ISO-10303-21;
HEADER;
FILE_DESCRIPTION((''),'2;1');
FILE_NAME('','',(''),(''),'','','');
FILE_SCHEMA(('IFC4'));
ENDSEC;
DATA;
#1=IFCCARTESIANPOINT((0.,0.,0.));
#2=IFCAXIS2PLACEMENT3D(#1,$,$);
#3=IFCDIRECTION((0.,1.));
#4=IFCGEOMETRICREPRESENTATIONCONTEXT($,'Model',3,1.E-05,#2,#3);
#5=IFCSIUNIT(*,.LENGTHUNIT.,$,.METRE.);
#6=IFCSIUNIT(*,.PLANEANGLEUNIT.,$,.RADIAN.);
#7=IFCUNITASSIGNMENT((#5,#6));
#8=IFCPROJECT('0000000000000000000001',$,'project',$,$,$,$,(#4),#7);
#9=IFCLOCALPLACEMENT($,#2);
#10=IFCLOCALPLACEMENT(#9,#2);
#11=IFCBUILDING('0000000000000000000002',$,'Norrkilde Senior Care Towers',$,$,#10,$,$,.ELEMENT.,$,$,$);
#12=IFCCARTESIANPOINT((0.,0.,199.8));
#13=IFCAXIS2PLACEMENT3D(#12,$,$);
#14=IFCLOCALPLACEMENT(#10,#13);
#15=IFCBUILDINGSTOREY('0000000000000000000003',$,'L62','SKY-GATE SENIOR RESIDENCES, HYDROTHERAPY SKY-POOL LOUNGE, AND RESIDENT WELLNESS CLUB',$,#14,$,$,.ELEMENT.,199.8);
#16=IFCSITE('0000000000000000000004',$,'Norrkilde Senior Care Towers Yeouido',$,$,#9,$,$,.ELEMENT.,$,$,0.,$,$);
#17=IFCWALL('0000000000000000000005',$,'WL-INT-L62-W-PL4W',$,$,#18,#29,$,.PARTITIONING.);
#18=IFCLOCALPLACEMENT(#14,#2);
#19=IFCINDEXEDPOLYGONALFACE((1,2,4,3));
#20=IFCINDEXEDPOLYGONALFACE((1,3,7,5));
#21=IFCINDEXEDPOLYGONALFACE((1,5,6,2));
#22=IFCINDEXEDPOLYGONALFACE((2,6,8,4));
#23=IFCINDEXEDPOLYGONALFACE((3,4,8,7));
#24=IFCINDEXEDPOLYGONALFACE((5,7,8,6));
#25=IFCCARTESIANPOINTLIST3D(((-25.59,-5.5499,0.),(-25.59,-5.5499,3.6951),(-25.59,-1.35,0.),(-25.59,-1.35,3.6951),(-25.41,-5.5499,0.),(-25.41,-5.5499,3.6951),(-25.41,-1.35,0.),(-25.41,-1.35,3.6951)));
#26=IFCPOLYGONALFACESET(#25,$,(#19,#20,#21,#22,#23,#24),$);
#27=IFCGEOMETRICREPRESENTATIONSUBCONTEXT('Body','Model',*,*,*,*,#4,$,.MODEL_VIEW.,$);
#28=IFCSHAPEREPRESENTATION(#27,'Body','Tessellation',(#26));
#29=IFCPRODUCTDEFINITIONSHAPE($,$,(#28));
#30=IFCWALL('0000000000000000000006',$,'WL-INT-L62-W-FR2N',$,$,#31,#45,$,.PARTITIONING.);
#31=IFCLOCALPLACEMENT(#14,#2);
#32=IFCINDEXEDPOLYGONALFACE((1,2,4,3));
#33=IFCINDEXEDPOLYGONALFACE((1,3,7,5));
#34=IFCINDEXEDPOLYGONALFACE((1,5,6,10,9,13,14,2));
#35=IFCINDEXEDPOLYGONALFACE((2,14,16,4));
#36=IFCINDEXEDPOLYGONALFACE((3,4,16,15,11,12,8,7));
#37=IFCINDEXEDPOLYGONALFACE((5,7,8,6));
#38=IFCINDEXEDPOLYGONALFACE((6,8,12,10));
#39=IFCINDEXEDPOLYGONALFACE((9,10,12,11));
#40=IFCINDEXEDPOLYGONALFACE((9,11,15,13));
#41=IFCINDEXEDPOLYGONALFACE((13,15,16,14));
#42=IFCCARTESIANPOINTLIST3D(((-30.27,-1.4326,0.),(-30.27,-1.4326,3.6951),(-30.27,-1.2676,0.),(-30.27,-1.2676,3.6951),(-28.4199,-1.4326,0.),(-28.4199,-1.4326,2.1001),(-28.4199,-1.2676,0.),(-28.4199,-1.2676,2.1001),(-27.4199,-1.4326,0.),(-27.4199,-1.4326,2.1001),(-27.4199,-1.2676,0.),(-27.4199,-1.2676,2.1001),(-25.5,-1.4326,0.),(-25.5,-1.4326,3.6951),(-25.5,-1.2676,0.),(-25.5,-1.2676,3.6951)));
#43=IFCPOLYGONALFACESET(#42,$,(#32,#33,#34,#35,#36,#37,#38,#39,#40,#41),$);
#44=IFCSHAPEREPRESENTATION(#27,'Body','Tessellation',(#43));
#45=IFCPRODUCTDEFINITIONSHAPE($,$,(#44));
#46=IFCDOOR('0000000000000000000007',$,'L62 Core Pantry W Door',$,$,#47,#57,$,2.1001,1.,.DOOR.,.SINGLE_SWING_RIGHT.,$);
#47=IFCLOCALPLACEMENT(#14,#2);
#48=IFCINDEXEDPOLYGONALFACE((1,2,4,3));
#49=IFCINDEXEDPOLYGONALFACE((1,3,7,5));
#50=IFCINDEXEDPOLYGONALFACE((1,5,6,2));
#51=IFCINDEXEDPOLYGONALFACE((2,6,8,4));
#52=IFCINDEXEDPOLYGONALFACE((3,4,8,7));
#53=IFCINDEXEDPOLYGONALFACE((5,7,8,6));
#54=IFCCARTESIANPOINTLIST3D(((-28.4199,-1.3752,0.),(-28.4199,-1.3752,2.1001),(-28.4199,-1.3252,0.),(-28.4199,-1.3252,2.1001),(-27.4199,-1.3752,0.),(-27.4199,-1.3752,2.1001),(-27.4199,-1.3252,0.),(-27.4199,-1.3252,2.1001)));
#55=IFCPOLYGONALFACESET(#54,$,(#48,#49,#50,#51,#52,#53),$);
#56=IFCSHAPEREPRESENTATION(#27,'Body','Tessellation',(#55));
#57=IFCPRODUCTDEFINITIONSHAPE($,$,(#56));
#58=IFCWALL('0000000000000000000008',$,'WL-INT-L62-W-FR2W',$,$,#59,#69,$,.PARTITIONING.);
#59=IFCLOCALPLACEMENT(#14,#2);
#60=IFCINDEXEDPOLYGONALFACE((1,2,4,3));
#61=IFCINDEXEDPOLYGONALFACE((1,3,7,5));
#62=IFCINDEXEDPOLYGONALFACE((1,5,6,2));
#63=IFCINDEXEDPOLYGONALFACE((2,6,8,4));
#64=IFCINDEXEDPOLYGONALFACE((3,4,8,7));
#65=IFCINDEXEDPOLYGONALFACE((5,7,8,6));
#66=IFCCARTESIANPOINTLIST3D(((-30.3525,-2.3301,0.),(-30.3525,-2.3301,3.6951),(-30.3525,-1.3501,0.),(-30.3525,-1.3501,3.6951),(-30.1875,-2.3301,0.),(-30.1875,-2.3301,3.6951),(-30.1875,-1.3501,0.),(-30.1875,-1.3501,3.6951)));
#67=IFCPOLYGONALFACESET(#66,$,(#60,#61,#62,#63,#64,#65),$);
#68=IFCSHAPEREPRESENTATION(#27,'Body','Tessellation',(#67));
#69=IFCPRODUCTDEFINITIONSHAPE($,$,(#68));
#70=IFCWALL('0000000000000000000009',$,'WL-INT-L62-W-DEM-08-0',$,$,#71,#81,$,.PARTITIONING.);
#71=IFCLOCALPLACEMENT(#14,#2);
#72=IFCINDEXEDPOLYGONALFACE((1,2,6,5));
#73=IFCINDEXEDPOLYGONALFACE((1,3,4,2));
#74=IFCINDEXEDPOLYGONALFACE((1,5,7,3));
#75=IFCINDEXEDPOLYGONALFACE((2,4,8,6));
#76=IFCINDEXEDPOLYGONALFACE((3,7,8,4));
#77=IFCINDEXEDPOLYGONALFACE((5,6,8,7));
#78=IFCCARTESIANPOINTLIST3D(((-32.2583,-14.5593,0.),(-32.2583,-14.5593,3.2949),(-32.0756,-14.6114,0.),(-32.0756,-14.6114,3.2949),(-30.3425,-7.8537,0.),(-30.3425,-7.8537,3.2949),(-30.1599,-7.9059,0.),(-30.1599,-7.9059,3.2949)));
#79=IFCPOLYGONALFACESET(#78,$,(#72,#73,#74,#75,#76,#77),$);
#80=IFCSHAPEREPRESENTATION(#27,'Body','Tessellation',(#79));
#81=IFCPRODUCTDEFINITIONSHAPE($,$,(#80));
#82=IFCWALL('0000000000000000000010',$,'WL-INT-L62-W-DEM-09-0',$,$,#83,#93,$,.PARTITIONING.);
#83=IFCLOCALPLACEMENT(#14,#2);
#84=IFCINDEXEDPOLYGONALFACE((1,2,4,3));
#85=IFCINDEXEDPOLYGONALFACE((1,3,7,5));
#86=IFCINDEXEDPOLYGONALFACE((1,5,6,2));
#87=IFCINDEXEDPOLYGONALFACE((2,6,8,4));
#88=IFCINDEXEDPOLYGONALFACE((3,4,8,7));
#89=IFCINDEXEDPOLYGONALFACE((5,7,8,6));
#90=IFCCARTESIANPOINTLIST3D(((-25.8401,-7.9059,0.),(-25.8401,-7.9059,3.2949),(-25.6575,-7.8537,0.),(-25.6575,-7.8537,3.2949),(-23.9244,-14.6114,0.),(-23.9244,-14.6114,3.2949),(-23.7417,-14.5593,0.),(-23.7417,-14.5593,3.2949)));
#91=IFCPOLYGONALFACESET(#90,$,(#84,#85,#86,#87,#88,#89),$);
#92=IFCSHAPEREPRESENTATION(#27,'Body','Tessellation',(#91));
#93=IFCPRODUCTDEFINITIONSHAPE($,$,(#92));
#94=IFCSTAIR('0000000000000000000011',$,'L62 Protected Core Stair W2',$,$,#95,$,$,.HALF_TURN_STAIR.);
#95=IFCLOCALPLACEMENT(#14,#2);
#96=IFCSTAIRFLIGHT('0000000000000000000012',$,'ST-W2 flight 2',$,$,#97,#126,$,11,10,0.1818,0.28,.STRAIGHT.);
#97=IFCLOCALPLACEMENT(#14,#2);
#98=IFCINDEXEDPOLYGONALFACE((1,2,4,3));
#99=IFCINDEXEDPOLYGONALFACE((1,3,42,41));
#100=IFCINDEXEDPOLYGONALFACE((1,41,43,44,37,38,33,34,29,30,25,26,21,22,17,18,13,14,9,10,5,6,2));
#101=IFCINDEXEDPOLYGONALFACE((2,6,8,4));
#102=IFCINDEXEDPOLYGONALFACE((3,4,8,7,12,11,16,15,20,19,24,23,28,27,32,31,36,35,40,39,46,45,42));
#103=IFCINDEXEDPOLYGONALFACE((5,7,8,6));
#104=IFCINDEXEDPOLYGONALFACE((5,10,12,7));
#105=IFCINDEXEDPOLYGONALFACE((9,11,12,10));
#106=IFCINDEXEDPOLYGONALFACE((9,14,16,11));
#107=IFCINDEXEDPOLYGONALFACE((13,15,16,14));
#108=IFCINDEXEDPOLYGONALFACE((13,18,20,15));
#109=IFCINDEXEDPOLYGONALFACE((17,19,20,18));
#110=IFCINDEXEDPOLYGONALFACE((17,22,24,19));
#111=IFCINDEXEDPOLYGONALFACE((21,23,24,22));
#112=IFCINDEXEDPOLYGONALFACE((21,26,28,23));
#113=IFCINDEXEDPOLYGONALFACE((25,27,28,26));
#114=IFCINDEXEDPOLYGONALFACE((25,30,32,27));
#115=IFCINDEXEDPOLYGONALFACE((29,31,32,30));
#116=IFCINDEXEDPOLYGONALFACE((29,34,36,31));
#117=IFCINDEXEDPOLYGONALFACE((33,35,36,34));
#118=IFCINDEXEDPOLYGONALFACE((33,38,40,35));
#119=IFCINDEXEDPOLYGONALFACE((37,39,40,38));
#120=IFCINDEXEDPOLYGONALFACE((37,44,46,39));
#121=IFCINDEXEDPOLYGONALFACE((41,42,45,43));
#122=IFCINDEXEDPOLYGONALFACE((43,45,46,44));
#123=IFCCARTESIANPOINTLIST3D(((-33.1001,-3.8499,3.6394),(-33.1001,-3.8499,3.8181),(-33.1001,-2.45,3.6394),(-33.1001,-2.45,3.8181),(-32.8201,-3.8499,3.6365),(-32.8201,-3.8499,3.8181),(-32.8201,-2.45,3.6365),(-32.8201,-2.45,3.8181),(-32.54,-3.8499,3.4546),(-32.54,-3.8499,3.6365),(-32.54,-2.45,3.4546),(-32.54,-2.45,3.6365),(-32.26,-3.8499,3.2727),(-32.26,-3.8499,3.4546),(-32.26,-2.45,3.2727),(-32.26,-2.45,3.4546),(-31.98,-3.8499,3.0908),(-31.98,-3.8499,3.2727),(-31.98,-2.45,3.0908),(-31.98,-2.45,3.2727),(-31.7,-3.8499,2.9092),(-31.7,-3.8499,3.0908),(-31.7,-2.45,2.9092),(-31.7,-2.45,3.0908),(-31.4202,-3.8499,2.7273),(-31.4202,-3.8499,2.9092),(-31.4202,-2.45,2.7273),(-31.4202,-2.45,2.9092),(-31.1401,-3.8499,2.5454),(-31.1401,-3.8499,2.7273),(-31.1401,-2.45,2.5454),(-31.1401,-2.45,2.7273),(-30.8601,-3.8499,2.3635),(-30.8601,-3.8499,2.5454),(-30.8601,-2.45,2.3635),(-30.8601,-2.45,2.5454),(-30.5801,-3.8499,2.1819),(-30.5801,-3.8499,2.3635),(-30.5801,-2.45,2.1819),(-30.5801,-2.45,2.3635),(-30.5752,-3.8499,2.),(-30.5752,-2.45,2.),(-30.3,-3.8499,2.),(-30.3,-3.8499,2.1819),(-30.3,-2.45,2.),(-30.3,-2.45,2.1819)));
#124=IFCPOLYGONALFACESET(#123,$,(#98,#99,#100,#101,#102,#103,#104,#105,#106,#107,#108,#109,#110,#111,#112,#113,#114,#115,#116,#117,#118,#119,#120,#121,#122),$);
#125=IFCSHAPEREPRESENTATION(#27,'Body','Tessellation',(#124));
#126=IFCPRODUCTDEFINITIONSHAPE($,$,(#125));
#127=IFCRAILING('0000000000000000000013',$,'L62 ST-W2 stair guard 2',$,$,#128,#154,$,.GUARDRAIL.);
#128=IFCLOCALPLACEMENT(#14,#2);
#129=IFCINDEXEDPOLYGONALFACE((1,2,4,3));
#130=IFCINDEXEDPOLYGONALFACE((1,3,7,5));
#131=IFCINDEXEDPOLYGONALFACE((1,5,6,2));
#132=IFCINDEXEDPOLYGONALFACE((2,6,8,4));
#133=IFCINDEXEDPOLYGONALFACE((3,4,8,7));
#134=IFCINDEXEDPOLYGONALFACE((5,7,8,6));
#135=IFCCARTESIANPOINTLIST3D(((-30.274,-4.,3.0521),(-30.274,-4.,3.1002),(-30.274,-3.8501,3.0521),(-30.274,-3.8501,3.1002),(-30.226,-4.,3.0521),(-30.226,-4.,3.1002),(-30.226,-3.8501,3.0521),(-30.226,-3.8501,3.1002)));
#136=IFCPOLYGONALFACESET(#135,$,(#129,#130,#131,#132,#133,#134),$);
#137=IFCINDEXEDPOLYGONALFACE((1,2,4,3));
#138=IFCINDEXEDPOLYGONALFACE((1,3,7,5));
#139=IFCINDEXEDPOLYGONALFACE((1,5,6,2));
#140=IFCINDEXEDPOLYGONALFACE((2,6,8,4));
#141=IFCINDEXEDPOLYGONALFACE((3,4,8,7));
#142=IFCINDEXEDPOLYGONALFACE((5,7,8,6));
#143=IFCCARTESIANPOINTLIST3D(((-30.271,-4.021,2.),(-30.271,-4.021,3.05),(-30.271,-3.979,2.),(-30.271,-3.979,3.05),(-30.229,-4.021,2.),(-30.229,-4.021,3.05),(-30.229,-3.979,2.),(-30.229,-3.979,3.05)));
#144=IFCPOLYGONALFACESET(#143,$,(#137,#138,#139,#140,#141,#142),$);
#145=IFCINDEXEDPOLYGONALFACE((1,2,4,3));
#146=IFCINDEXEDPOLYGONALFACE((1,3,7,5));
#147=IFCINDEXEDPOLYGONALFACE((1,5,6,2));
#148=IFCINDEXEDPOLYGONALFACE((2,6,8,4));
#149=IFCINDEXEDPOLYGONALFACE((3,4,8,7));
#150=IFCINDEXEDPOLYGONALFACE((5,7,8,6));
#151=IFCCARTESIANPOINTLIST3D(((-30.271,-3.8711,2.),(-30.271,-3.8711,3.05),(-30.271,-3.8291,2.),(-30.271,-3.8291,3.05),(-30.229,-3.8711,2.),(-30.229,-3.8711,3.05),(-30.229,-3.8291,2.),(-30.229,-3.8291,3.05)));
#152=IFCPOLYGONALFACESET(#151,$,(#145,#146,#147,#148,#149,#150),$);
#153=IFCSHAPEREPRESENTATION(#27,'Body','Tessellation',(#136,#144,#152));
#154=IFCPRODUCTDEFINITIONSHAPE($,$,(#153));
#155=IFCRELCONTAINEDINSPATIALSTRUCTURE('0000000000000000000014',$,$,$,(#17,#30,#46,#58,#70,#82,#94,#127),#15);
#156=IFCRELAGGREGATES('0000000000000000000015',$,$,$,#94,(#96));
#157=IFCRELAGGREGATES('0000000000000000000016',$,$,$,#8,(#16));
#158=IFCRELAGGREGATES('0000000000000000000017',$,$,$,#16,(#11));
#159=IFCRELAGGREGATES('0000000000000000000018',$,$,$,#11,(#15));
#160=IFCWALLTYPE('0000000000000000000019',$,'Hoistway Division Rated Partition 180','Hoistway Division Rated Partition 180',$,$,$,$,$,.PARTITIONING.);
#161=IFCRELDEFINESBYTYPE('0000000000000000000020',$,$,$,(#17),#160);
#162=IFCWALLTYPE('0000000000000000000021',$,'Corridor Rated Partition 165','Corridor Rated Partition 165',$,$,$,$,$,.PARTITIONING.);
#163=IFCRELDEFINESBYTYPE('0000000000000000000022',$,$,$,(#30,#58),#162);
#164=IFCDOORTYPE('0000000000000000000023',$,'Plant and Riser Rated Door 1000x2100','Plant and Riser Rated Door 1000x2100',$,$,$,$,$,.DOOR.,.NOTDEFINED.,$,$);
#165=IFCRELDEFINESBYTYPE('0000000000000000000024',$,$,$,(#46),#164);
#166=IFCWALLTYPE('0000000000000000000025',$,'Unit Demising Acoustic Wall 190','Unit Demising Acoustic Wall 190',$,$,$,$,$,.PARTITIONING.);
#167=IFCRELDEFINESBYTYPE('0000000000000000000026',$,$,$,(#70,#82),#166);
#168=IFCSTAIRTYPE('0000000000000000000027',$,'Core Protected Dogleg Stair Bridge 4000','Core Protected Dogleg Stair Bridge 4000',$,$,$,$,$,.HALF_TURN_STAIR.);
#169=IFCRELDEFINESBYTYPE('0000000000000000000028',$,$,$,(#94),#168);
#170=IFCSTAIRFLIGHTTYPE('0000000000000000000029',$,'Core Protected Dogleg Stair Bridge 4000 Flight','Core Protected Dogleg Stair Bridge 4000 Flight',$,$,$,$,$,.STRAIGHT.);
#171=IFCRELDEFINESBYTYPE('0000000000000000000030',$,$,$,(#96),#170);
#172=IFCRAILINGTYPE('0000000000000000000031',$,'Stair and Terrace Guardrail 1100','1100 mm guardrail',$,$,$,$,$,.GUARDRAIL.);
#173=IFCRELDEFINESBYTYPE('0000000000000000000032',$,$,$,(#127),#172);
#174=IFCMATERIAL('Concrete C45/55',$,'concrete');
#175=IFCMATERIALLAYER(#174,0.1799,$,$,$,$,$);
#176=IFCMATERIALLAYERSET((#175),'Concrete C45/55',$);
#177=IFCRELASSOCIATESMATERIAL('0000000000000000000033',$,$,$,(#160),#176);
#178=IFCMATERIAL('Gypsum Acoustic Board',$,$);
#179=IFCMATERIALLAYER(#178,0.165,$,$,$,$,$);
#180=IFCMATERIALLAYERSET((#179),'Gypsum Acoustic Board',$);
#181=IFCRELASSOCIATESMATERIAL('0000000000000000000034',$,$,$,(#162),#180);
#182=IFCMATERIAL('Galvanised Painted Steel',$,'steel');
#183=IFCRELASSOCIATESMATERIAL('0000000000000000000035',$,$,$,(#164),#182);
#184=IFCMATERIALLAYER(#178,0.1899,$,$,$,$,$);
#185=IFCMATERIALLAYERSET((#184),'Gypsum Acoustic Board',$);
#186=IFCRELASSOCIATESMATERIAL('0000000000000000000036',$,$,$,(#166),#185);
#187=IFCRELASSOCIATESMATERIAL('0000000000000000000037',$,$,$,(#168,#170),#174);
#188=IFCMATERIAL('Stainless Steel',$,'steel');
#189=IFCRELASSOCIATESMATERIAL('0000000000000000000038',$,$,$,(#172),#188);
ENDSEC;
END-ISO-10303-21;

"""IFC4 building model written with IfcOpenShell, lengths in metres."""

from ifc_helpers import new_model, si_unit, direction, frame, frame_2d, origin, origin_2d, place, context, subcontext, project, spatial, polyline, rectangle, outline, extrude, source, transform, mapped, material, layer, layer_set, type_object, type_shapes, element, fill, aggregate, save


model = new_model("IFC4")

# Units and contexts
model_context = context("Model", 3, precision=1e-05, world=origin(), true_north=direction((0.0, 1.0)))
body_context = subcontext(model_context, "Body", "Model", "MODEL_VIEW")
ifc_project = project(units=[si_unit("LENGTHUNIT", "METRE"), si_unit("PLANEANGLEUNIT", "RADIAN")], contexts=[model_context])

# Site, building, storey
site_placement = place(None, origin())
site = spatial("IfcSite", under=ifc_project, at=site_placement, Name="Norrkilde Senior Care Towers Yeouido", CompositionType="ELEMENT", RefElevation=0.0)
building_placement = place(site_placement, origin())
building = spatial("IfcBuilding", under=site, at=building_placement, Name="Norrkilde Senior Care Towers", CompositionType="ELEMENT")
storey_placement = place(building_placement, frame((0.0, 0.0, 199.8)))
storey = spatial("IfcBuildingStorey", under=building, at=storey_placement, Name="L62", Description="SKY-GATE SENIOR RESIDENCES, HYDROTHERAPY SKY-POOL LOUNGE, AND RESIDENT WELLNESS CLUB", CompositionType="ELEMENT", Elevation=199.8)

# Shared definitions
ifc_material_1 = material(Name="Concrete C45/55", Category="concrete")

# Shared definitions
ifc_material_2 = material(Name="Stainless Steel", Category="steel")

# Wall
ifc_layer_1 = layer(ifc_material_1, 0.1799)
ifc_layer_set_1 = layer_set([ifc_layer_1], Name="Concrete C45/55")
wall_type_1 = type_object("IfcWallType", Name="Hoistway Division Rated Partition 180", Description="Hoistway Division Rated Partition 180", PredefinedType="PARTITIONING", material=ifc_layer_set_1)
shared_shape_1 = source(origin(), body_context, "Body", "SweptSolid", [
    extrude(rectangle(XDim=4.2, YDim=0.1799, at=frame_2d((2.1001, 0.0))), origin(), (0.0, 0.0, 1.0), 3.6951),
])
type_shapes(wall_type_1, [shared_shape_1])
wall_1_placement = place(storey_placement, frame((-25.5, -5.55, 0.0), z_axis=(0.0, 0.0, 1.0), x_axis=(0.0, 1.0, 0.0)))
element("IfcWall", 1, at=wall_1_placement, inside=storey, type_object=wall_type_1, Name="WL-INT-L62-W-PL4W", PredefinedType="PARTITIONING", context=body_context, shape_type="MappedRepresentation", body=[
    mapped(shared_shape_1, transform((0.0, 0.0, 0.0), x_axis=(1.0, 0.0, 0.0), y_axis=(0.0, 1.0, 0.0), z_axis=(0.0, 0.0, 1.0), scale=1.0)),
])

# Wall, opening, door
ifc_material_3 = material(Name="Gypsum Acoustic Board")
ifc_layer_2 = layer(ifc_material_3, 0.165)
ifc_layer_set_2 = layer_set([ifc_layer_2], Name="Gypsum Acoustic Board")
wall_type_2 = type_object("IfcWallType", Name="Corridor Rated Partition 165", Description="Corridor Rated Partition 165", PredefinedType="PARTITIONING", material=ifc_layer_set_2)
shared_shape_2 = source(origin(), body_context, "Body", "SweptSolid", [
    extrude(rectangle(XDim=4.77, YDim=0.165, at=frame_2d((2.385, 0.0))), origin(), (0.0, 0.0, 1.0), 3.6951),
])
wall_2_placement = place(storey_placement, frame((-30.27, -1.3501, 0.0), z_axis=(0.0, 0.0, 1.0), x_axis=(1.0, 0.0, 0.0)))
wall_2 = element("IfcWall", 2, at=wall_2_placement, inside=storey, type_object=wall_type_2, Name="WL-INT-L62-W-FR2N", PredefinedType="PARTITIONING", context=body_context, shape_type="MappedRepresentation", body=[
    mapped(shared_shape_2, transform((0.0, 0.0, 0.0), x_axis=(1.0, 0.0, 0.0), y_axis=(0.0, 1.0, 0.0), z_axis=(0.0, 0.0, 1.0), scale=1.0)),
])
opening_1_placement = place(wall_2_placement, frame((1.8501, 0.0, 0.0)))
opening_1 = element("IfcOpeningElement", 3, at=opening_1_placement, cuts=wall_2, PredefinedType="OPENING", context=body_context, shape_type="SweptSolid", body=[
    extrude(rectangle(XDim=1.0, YDim=2.1001, at=frame_2d((0.5, 1.05))), frame((0.0, 0.0925, 0.0), z_axis=(0.0, -1.0, 0.0), x_axis=(1.0, 0.0, 0.0)), (0.0, 0.0, 1.0), 0.1851),
])
ifc_material_4 = material(Name="Galvanised Painted Steel", Category="steel")
door_type_1 = type_object("IfcDoorType", Name="Plant and Riser Rated Door 1000x2100", Description="Plant and Riser Rated Door 1000x2100", OperationType="NOTDEFINED", PredefinedType="DOOR", material=ifc_material_4)
shared_shape_3 = source(origin(), body_context, "Body", "SweptSolid", [
    extrude(rectangle(XDim=1.0, YDim=2.1001, at=frame_2d((0.5, 1.05))), frame((0.0, 0.0249, 0.0), z_axis=(0.0, -1.0, 0.0), x_axis=(1.0, 0.0, 0.0)), (0.0, 0.0, 1.0), 0.05),
])
type_shapes(door_type_1, [shared_shape_3])
door_1_placement = place(opening_1_placement, origin())
door_1 = element("IfcDoor", 4, at=door_1_placement, inside=storey, type_object=door_type_1, Name="L62 Core Pantry W Door", OperationType="SINGLE_SWING_RIGHT", OverallHeight=2.1001, OverallWidth=1.0, PredefinedType="DOOR", context=body_context, shape_type="MappedRepresentation", body=[
    mapped(shared_shape_3, transform((0.0, 0.0, 0.0), x_axis=(1.0, 0.0, 0.0), y_axis=(0.0, 1.0, 0.0), z_axis=(0.0, 0.0, 1.0), scale=1.0)),
])
fill(opening_1, door_1)

# Walls
shared_shape_4 = source(origin(), body_context, "Body", "SweptSolid", [
    extrude(rectangle(XDim=0.98, YDim=0.165, at=frame_2d((0.49, 0.0))), origin(), (0.0, 0.0, 1.0), 3.6951),
])
type_shapes(wall_type_2, [shared_shape_2, shared_shape_4])
wall_3_placement = place(storey_placement, frame((-30.27, -2.3301, 0.0), z_axis=(0.0, 0.0, 1.0), x_axis=(0.0, 1.0, 0.0)))
element("IfcWall", 5, at=wall_3_placement, inside=storey, type_object=wall_type_2, Name="WL-INT-L62-W-FR2W", PredefinedType="PARTITIONING", context=body_context, shape_type="MappedRepresentation", body=[
    mapped(shared_shape_4, transform((0.0, 0.0, 0.0), x_axis=(1.0, 0.0, 0.0), y_axis=(0.0, 1.0, 0.0), z_axis=(0.0, 0.0, 1.0), scale=1.0)),
])
ifc_layer_3 = layer(ifc_material_3, 0.1899)
ifc_layer_set_3 = layer_set([ifc_layer_3], Name="Gypsum Acoustic Board")
wall_type_3 = type_object("IfcWallType", Name="Unit Demising Acoustic Wall 190", Description="Unit Demising Acoustic Wall 190", PredefinedType="PARTITIONING", material=ifc_layer_set_3)
shared_shape_5 = source(origin(), body_context, "Body", "SweptSolid", [
    extrude(rectangle(XDim=6.9739, YDim=0.1899, at=frame_2d((3.4868, 0.0))), origin(), (0.0, 0.0, 1.0), 3.2949),
])
type_shapes(wall_type_3, [shared_shape_5])
for number, where, z_axis, x_axis, name in (
    (6, (-30.2512, -7.8799, 0.0), (0.0, 0.0, 1.0), (-0.274707, -0.961528, 0.0), "WL-INT-L62-W-DEM-08-0"),
    (7, (-25.7488, -7.8799, 0.0), (0.0, 0.0, 1.0), (0.274707, -0.961528, 0.0), "WL-INT-L62-W-DEM-09-0"),
):
    element("IfcWall", number, at=place(storey_placement, frame(where, z_axis=z_axis, x_axis=x_axis)), inside=storey, type_object=wall_type_3, Name=name, PredefinedType="PARTITIONING", context=body_context, shape_type="MappedRepresentation", body=[
        mapped(shared_shape_5, transform((0.0, 0.0, 0.0), x_axis=(1.0, 0.0, 0.0), y_axis=(0.0, 1.0, 0.0), z_axis=(0.0, 0.0, 1.0), scale=1.0)),
    ])

# Stair, stair flight
stair_type = type_object("IfcStairType", Name="Core Protected Dogleg Stair Bridge 4000", Description="Core Protected Dogleg Stair Bridge 4000", PredefinedType="HALF_TURN_STAIR", material=ifc_material_1)
stair_placement = place(storey_placement, origin())
stair = element("IfcStair", 8, at=stair_placement, inside=storey, type_object=stair_type, Name="L62 Protected Core Stair W2", PredefinedType="HALF_TURN_STAIR")
stair_flight_type = type_object("IfcStairFlightType", Name="Core Protected Dogleg Stair Bridge 4000 Flight", Description="Core Protected Dogleg Stair Bridge 4000 Flight", PredefinedType="STRAIGHT", material=ifc_material_1)
stair_flight_placement = place(storey_placement, frame((-30.3, -3.1499, 2.0), z_axis=(0.0, 0.0, 1.0), x_axis=(-1.0, 0.0, 0.0)))
stair_flight = element("IfcStairFlight", 9, at=stair_flight_placement, type_object=stair_flight_type, Name="ST-W2 flight 2", NumberOfRisers=11, NumberOfTreads=10, PredefinedType="STRAIGHT", RiserHeight=0.1818, TreadLength=0.28, context=body_context, shape_type="SweptSolid", body=[
    extrude(outline(polyline([(0.0, 0.0), (0.0, 0.1819), (0.28, 0.1819), (0.28, 0.3635), (0.5601, 0.3635), (0.5601, 0.5454), (0.8401, 0.5454), (0.8401, 0.7273), (1.1201, 0.7273), (1.1201, 0.9092), (1.3999, 0.9092), (1.3999, 1.0908), (1.6799, 1.0908), (1.6799, 1.2727), (1.96, 1.2727), (1.96, 1.4546), (2.24, 1.4546), (2.24, 1.6365), (2.52, 1.6365), (2.52, 1.8181), (2.8, 1.8181), (2.8, 2.0), (2.8, 1.6394), (0.2751, 0.0), (0.0, 0.0)])), frame((0.0, 0.7, 0.0), z_axis=(0.0, -1.0, 0.0), x_axis=(1.0, 0.0, 0.0)), (0.0, 0.0, 1.0), 1.3999),
])
aggregate(stair, [stair_flight])

# Railing
railing_type_1 = type_object("IfcRailingType", Name="Stair and Terrace Guardrail 1100", Description="1100 mm guardrail", PredefinedType="GUARDRAIL", material=ifc_material_2)
railing_1_placement = place(storey_placement, frame((-30.25, -4.0, 2.0)))
element("IfcRailing", 10, at=railing_1_placement, inside=storey, type_object=railing_type_1, Name="L62 ST-W2 stair guard 2", PredefinedType="GUARDRAIL", context=body_context, shape_type="SweptSolid", body=[
    extrude(rectangle(XDim=0.0481, YDim=0.0481, at=origin_2d()), frame((0.0, 0.0, 1.0762), z_axis=(0.0, 1.0, 0.0), x_axis=(-1.0, 0.0, 0.0)), (0.0, 0.0, 1.0), 0.1499),
    extrude(rectangle(XDim=0.042, YDim=0.042, at=origin_2d()), origin(), (0.0, 0.0, 1.0), 1.05),
    extrude(rectangle(XDim=0.042, YDim=0.042, at=origin_2d()), frame((0.0, 0.1499, 0.0)), (0.0, 0.0, 1.0), 1.05),
])

save(model, "model.ifc")
